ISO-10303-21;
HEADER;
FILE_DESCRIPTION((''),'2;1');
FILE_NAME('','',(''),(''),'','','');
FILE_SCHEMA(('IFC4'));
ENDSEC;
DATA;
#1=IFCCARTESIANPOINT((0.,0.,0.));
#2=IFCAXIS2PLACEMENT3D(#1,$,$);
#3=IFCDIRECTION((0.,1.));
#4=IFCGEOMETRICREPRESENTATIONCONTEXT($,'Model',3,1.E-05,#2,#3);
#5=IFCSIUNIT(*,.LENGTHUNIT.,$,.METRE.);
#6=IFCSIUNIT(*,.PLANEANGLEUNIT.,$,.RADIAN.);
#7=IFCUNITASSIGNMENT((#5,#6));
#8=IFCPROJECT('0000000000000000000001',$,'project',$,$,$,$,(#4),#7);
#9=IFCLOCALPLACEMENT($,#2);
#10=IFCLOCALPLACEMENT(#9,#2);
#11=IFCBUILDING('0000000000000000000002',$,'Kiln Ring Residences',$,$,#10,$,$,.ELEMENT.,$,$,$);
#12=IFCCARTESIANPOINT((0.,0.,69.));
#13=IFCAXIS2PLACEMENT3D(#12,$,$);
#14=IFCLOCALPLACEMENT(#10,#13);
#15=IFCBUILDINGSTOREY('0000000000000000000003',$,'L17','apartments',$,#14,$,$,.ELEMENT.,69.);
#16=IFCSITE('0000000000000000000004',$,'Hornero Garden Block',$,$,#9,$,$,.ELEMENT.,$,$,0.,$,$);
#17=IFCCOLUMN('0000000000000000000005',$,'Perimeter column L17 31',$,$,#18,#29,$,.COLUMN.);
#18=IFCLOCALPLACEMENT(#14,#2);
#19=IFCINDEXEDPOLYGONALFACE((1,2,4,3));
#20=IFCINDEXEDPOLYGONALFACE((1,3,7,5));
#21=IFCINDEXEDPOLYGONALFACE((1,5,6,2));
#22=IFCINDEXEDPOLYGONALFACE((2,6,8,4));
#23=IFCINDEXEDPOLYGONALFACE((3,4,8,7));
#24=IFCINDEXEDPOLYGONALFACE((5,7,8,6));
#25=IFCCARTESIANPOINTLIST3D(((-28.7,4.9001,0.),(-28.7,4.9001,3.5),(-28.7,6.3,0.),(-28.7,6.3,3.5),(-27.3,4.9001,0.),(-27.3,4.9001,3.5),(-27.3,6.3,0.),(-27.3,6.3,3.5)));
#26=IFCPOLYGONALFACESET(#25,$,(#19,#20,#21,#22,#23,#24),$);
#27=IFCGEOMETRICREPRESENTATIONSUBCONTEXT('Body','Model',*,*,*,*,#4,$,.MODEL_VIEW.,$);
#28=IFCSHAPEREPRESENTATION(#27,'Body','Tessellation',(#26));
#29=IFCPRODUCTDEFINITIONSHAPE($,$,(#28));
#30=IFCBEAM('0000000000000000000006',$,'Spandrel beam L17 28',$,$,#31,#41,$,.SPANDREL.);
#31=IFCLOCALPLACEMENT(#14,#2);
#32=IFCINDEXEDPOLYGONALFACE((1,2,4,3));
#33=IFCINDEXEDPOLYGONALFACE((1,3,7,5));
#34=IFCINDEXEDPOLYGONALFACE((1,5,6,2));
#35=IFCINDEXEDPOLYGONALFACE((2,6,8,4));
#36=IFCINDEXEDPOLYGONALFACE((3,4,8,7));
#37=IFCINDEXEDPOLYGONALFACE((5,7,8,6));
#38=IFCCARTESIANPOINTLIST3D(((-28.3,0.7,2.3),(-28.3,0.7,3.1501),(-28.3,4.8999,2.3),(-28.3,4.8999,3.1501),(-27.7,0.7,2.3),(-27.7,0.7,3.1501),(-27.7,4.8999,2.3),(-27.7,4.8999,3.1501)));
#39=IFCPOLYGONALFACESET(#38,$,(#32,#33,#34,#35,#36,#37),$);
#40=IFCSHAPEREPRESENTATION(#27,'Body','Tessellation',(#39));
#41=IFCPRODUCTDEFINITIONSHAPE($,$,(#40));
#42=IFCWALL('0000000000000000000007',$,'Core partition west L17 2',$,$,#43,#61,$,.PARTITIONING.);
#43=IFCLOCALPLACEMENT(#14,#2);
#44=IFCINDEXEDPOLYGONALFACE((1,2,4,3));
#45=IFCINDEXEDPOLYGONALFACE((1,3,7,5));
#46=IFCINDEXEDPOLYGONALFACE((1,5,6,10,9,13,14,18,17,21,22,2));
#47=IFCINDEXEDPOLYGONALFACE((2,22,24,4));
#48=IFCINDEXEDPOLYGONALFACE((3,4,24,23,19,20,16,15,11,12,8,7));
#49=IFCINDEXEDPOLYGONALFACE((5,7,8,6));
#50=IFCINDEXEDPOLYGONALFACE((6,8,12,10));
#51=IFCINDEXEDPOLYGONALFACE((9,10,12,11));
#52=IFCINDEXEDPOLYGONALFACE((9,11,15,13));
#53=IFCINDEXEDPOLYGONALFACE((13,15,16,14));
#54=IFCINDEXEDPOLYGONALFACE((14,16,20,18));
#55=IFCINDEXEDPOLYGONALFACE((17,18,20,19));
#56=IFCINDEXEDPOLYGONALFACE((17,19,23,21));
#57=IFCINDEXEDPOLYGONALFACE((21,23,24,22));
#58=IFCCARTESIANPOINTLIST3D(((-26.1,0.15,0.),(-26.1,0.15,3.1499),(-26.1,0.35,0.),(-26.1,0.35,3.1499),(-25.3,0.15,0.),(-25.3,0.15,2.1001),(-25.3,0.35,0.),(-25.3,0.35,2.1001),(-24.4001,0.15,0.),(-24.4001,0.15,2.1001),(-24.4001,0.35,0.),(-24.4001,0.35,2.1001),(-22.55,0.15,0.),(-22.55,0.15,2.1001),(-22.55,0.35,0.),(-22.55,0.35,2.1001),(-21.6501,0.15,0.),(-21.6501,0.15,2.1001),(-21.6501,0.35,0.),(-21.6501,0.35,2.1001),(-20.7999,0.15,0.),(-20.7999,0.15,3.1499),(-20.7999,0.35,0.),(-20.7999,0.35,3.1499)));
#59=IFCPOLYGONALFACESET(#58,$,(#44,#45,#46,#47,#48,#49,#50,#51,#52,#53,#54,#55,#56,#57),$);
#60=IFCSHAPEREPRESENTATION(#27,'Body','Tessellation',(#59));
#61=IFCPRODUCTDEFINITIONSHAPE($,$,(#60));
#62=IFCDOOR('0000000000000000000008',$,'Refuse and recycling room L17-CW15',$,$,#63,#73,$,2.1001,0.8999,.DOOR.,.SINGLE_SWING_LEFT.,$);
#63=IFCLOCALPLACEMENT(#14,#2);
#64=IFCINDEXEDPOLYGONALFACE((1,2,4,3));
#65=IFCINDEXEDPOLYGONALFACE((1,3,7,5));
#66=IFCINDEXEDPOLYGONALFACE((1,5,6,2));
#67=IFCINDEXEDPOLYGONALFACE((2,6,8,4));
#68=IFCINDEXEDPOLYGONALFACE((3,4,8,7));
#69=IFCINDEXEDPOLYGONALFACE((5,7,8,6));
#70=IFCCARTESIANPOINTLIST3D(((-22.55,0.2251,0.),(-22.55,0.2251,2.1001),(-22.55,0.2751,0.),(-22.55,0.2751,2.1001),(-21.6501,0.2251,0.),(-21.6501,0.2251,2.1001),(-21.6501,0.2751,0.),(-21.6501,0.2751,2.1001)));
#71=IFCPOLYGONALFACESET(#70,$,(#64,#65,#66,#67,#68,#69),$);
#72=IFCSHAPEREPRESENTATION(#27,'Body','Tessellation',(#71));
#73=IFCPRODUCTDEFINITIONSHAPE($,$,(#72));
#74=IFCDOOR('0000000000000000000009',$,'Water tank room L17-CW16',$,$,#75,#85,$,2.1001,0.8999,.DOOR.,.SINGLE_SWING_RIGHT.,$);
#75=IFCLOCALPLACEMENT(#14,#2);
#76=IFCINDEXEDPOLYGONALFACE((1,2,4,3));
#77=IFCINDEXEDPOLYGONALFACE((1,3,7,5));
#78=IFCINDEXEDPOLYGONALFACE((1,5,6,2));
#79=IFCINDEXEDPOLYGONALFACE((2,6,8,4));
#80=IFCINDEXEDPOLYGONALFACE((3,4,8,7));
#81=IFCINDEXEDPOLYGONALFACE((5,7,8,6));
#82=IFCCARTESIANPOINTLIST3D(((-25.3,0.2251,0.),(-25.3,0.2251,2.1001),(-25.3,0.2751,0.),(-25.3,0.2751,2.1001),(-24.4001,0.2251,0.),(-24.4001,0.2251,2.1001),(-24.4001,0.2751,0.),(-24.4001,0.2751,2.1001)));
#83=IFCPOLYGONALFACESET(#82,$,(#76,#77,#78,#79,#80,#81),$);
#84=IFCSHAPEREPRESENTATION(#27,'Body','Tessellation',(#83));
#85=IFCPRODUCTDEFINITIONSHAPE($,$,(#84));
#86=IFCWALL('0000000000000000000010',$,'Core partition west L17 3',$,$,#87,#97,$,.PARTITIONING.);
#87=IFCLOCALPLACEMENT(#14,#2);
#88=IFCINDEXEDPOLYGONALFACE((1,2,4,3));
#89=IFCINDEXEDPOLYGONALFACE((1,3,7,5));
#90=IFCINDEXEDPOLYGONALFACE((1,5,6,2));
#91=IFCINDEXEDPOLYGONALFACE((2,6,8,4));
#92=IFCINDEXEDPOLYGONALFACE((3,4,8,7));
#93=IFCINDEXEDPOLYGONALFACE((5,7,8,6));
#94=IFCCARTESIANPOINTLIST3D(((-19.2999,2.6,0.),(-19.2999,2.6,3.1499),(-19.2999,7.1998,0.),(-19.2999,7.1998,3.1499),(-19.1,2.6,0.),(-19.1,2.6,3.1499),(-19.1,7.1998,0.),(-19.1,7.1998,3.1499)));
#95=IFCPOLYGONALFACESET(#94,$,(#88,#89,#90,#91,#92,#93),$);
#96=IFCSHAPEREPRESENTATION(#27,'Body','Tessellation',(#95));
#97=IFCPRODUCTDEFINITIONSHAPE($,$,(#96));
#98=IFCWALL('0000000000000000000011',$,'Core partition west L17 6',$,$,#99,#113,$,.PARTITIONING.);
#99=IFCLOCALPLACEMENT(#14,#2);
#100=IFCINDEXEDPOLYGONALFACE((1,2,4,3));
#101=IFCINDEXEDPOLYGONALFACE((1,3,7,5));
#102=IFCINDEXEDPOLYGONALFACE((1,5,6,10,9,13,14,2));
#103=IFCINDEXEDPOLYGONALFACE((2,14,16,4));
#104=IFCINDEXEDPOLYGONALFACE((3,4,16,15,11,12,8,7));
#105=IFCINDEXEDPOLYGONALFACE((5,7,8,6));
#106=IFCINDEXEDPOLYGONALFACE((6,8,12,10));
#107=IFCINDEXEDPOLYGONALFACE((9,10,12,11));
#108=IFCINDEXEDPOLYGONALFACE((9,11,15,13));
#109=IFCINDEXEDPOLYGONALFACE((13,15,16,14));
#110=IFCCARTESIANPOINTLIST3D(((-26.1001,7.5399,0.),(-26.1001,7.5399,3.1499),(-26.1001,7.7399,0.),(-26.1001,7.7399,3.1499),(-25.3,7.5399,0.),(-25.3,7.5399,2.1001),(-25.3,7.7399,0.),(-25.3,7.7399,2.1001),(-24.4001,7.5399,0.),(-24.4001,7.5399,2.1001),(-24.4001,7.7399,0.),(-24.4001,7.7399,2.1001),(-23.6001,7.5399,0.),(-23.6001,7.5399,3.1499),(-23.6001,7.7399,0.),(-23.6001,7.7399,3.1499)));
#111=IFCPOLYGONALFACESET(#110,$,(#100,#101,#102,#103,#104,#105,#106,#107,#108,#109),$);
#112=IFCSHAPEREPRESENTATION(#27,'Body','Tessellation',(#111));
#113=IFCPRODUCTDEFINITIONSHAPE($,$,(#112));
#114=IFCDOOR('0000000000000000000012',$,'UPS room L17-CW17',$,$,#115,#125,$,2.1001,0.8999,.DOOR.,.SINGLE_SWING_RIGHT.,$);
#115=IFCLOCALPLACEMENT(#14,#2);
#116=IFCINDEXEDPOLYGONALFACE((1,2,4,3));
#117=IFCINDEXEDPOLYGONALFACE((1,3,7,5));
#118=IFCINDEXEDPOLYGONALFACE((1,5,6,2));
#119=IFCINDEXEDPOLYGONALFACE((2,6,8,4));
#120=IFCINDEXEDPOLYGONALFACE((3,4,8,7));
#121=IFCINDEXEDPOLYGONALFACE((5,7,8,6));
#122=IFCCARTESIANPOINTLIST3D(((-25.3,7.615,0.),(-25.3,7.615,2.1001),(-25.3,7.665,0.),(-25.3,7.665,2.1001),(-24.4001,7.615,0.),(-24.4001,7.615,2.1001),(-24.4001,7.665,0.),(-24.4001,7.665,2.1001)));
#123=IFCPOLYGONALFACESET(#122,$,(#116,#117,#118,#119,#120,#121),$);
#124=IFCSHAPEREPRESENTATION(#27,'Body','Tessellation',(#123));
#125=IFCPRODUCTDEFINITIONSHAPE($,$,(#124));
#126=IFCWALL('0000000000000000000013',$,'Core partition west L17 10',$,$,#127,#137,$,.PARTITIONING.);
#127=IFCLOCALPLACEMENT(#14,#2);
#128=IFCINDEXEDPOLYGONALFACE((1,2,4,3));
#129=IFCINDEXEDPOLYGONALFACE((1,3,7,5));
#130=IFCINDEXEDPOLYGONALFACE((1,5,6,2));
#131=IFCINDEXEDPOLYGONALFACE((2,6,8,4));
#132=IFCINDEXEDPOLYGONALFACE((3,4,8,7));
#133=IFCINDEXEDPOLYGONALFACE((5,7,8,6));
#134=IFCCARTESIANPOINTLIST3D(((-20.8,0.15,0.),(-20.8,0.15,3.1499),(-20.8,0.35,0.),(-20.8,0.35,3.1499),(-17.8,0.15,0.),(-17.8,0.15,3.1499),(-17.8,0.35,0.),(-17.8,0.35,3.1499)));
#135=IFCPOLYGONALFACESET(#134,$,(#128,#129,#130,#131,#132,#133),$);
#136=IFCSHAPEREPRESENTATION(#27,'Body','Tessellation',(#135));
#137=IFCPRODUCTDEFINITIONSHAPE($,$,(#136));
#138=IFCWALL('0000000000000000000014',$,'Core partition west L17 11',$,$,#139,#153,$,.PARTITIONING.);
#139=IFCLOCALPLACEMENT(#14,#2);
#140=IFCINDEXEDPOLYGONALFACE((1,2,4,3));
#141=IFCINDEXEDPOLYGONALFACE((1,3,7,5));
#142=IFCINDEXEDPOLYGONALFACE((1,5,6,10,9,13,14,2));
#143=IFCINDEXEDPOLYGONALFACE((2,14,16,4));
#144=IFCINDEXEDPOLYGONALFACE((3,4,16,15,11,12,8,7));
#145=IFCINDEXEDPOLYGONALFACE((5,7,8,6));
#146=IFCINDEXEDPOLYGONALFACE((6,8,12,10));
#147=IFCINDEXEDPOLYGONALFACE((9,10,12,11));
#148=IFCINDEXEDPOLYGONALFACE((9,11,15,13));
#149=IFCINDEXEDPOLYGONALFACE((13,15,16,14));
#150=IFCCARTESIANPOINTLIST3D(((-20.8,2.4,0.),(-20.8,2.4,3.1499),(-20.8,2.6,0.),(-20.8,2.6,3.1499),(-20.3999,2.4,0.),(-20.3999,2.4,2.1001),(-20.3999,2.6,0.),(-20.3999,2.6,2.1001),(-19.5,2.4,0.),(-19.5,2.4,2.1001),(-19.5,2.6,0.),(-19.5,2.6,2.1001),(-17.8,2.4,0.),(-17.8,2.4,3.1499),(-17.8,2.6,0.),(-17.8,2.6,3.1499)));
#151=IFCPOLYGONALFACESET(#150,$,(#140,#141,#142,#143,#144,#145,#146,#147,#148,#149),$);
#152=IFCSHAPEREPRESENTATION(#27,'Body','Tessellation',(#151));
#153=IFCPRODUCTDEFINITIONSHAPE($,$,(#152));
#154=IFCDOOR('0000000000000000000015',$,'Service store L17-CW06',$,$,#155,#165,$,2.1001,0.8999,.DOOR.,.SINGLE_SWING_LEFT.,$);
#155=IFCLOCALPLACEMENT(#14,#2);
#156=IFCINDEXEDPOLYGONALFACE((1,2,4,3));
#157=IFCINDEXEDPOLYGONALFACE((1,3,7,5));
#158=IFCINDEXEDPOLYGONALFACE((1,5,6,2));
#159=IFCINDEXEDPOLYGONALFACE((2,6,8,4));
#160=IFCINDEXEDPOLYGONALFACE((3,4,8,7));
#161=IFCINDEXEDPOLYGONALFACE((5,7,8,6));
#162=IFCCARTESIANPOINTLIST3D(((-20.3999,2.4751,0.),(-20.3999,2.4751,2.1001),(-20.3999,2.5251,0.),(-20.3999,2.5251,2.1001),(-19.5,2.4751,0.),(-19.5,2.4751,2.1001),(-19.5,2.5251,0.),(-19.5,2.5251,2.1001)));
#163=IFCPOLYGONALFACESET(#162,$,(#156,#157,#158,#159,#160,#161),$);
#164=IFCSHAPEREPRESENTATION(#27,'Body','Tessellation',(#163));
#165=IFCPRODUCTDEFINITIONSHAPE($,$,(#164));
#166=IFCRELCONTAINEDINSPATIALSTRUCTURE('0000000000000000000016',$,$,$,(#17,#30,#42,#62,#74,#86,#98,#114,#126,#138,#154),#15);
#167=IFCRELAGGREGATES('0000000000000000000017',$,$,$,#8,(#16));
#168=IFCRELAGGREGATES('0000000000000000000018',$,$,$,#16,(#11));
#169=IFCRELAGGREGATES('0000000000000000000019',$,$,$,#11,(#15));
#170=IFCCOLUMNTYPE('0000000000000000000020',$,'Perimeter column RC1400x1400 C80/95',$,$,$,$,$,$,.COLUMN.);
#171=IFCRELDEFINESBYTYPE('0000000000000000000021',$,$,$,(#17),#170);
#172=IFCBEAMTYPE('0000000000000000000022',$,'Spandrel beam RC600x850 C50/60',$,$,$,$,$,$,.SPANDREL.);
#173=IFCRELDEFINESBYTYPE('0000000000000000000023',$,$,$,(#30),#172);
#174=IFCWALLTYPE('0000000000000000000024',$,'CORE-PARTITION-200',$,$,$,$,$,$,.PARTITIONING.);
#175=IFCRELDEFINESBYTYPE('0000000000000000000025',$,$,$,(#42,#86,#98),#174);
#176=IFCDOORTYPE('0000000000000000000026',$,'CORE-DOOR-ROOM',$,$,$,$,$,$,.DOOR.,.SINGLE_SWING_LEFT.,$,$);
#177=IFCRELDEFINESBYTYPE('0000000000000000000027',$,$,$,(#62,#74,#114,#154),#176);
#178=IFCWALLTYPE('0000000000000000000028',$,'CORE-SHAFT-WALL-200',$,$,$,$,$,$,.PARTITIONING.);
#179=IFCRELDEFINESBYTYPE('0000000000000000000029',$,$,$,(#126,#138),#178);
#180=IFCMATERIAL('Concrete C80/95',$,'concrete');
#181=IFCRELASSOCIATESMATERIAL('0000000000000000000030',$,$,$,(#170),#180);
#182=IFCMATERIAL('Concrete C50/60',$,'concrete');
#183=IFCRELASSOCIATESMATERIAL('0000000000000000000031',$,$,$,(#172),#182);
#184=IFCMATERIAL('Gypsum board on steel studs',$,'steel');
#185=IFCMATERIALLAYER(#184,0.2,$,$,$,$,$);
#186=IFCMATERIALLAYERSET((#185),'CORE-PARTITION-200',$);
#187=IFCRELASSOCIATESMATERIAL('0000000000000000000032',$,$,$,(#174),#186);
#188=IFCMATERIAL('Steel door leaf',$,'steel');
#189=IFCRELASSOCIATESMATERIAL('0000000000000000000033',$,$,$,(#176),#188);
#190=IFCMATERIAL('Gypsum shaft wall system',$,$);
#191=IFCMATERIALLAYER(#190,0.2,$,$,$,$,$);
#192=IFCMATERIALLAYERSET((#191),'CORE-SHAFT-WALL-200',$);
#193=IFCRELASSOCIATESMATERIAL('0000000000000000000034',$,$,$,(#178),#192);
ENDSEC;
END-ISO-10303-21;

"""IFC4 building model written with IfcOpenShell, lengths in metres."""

from ifc_helpers import new_model, si_unit, direction, frame, frame_2d, origin, origin_2d, place, context, subcontext, project, spatial, rectangle, extrude, material, layer, layer_set, material_profile, profile_set, type_object, element, fill, save


model = new_model("IFC4")

# Units and contexts
model_context = context("Model", 3, precision=1e-05, world=origin(), true_north=direction((0.0, 1.0)))
body_context = subcontext(model_context, "Body", "Model", "MODEL_VIEW")
ifc_project = project(units=[si_unit("LENGTHUNIT", "METRE"), si_unit("PLANEANGLEUNIT", "RADIAN")], contexts=[model_context])

# Site, building, storey
site_placement = place(None, origin())
site = spatial("IfcSite", under=ifc_project, at=site_placement, Name="Hornero Garden Block", CompositionType="ELEMENT", RefElevation=0.0)
building_placement = place(site_placement, origin())
building = spatial("IfcBuilding", under=site, at=building_placement, Name="Kiln Ring Residences", CompositionType="ELEMENT")
storey_placement = place(building_placement, frame((0.0, 0.0, 69.0)))
storey = spatial("IfcBuildingStorey", under=building, at=storey_placement, Name="L17", Description="apartments", CompositionType="ELEMENT", Elevation=69.0)

# Column
ifc_material_1 = material(Name="Concrete C80/95", Category="concrete")
ifc_material_profile_1 = material_profile(ifc_material_1, rectangle(XDim=1.3999, YDim=1.3999, at=origin_2d()), Name="RC1400x1400")
ifc_profile_set_1 = profile_set([ifc_material_profile_1], Name="Concrete C80/95")
column_type = type_object("IfcColumnType", Name="Perimeter column RC1400x1400 C80/95", PredefinedType="COLUMN", material=ifc_profile_set_1)
column_placement = place(storey_placement, frame((-28.0, 5.6001, 0.0), z_axis=(0.0, 0.0, 1.0), x_axis=(1.0, 0.0, 0.0)))
element("IfcColumn", 1, at=column_placement, inside=storey, type_object=column_type, Name="Perimeter column L17 31", PredefinedType="COLUMN", context=body_context, shape_type="SweptSolid", body=[
    extrude(rectangle(XDim=1.3999, YDim=1.3999, at=origin_2d()), origin(), (0.0, 0.0, 1.0), 3.5),
])

# Beam
ifc_material_2 = material(Name="Concrete C50/60", Category="concrete")
ifc_material_profile_2 = material_profile(ifc_material_2, rectangle(XDim=0.6001, YDim=0.8501, at=origin_2d()), Name="RC600x850")
ifc_profile_set_2 = profile_set([ifc_material_profile_2], Name="Concrete C50/60")
beam_type = type_object("IfcBeamType", Name="Spandrel beam RC600x850 C50/60", PredefinedType="SPANDREL", material=ifc_profile_set_2)
beam_placement = place(storey_placement, frame((-28.0, 4.8999, 2.7251), z_axis=(0.0, -1.0, 0.0), x_axis=(1.0, 0.0, 0.0)))
element("IfcBeam", 2, at=beam_placement, inside=storey, type_object=beam_type, Name="Spandrel beam L17 28", PredefinedType="SPANDREL", context=body_context, shape_type="SweptSolid", body=[
    extrude(rectangle(XDim=0.6001, YDim=0.8501, at=origin_2d()), origin(), (0.0, 0.0, 1.0), 4.2),
])

# Wall, openings, doors
ifc_material_3 = material(Name="Gypsum board on steel studs", Category="steel")
ifc_layer_1 = layer(ifc_material_3, 0.2)
ifc_layer_set_1 = layer_set([ifc_layer_1], Name="CORE-PARTITION-200")
wall_type_1 = type_object("IfcWallType", Name="CORE-PARTITION-200", PredefinedType="PARTITIONING", material=ifc_layer_set_1)
wall_1_placement = place(storey_placement, frame((-20.8, 0.25, 0.0), z_axis=(0.0, 0.0, 1.0), x_axis=(-1.0, 0.0, 0.0)))
wall_1 = element("IfcWall", 3, at=wall_1_placement, inside=storey, type_object=wall_type_1, Name="Core partition west L17 2", PredefinedType="PARTITIONING", context=body_context, shape_type="SweptSolid", body=[
    extrude(rectangle(XDim=5.3, YDim=0.2, at=frame_2d((2.6499, 0.0))), origin(), (0.0, 0.0, 1.0), 3.1499),
])
opening_1_placement = place(wall_1_placement, frame((0.8501, 0.0, 0.0)))
opening_1 = element("IfcOpeningElement", 4, at=opening_1_placement, cuts=wall_1, PredefinedType="OPENING", context=body_context, shape_type="SweptSolid", body=[
    extrude(rectangle(XDim=0.8999, YDim=2.1001, at=frame_2d((0.45, 1.05))), frame((0.0, 0.1099, 0.0), z_axis=(0.0, -1.0, 0.0), x_axis=(1.0, 0.0, 0.0)), (0.0, 0.0, 1.0), 0.22),
])
opening_2_placement = place(wall_1_placement, frame((3.6001, 0.0, 0.0)))
opening_2 = element("IfcOpeningElement", 5, at=opening_2_placement, cuts=wall_1, PredefinedType="OPENING", context=body_context, shape_type="SweptSolid", body=[
    extrude(rectangle(XDim=0.8999, YDim=2.1001, at=frame_2d((0.45, 1.05))), frame((0.0, 0.1099, 0.0), z_axis=(0.0, -1.0, 0.0), x_axis=(1.0, 0.0, 0.0)), (0.0, 0.0, 1.0), 0.22),
])
ifc_material_4 = material(Name="Steel door leaf", Category="steel")
door_type_1 = type_object("IfcDoorType", Name="CORE-DOOR-ROOM", OperationType="SINGLE_SWING_LEFT", PredefinedType="DOOR", material=ifc_material_4)
door_1_placement = place(opening_1_placement, origin())
door_1 = element("IfcDoor", 6, at=door_1_placement, inside=storey, type_object=door_type_1, Name="Refuse and recycling room L17-CW15", OperationType="SINGLE_SWING_LEFT", OverallHeight=2.1001, OverallWidth=0.8999, PredefinedType="DOOR", context=body_context, shape_type="SweptSolid", body=[
    extrude(rectangle(XDim=0.8999, YDim=2.1001, at=frame_2d((0.45, 1.05))), frame((0.0, 0.0249, 0.0), z_axis=(0.0, -1.0, 0.0), x_axis=(1.0, 0.0, 0.0)), (0.0, 0.0, 1.0), 0.05),
])
fill(opening_1, door_1)
door_2_placement = place(opening_2_placement, origin())
door_2 = element("IfcDoor", 7, at=door_2_placement, inside=storey, type_object=door_type_1, Name="Water tank room L17-CW16", OperationType="SINGLE_SWING_RIGHT", OverallHeight=2.1001, OverallWidth=0.8999, PredefinedType="DOOR", context=body_context, shape_type="SweptSolid", body=[
    extrude(rectangle(XDim=0.8999, YDim=2.1001, at=frame_2d((0.45, 1.05))), frame((0.0, 0.0249, 0.0), z_axis=(0.0, -1.0, 0.0), x_axis=(1.0, 0.0, 0.0)), (0.0, 0.0, 1.0), 0.05),
])
fill(opening_2, door_2)

# Wall
wall_2_placement = place(storey_placement, frame((-19.2, 2.6001, 0.0), z_axis=(0.0, 0.0, 1.0), x_axis=(0.0, 1.0, 0.0)))
element("IfcWall", 8, at=wall_2_placement, inside=storey, type_object=wall_type_1, Name="Core partition west L17 3", PredefinedType="PARTITIONING", context=body_context, shape_type="SweptSolid", body=[
    extrude(rectangle(XDim=4.5999, YDim=0.2, at=frame_2d((2.2998, 0.0))), origin(), (0.0, 0.0, 1.0), 3.1499),
])

# Wall, opening, door
wall_3_placement = place(storey_placement, frame((-23.6001, 7.6399, 0.0), z_axis=(0.0, 0.0, 1.0), x_axis=(-1.0, 0.0, 0.0)))
wall_3 = element("IfcWall", 9, at=wall_3_placement, inside=storey, type_object=wall_type_1, Name="Core partition west L17 6", PredefinedType="PARTITIONING", context=body_context, shape_type="SweptSolid", body=[
    extrude(rectangle(XDim=2.5, YDim=0.2, at=frame_2d((1.25, 0.0))), origin(), (0.0, 0.0, 1.0), 3.1499),
])
opening_3_placement = place(wall_3_placement, frame((0.8, 0.0, 0.0)))
opening_3 = element("IfcOpeningElement", 10, at=opening_3_placement, cuts=wall_3, PredefinedType="OPENING", context=body_context, shape_type="SweptSolid", body=[
    extrude(rectangle(XDim=0.8999, YDim=2.1001, at=frame_2d((0.45, 1.05))), frame((0.0, 0.1099, 0.0), z_axis=(0.0, -1.0, 0.0), x_axis=(1.0, 0.0, 0.0)), (0.0, 0.0, 1.0), 0.22),
])
door_3_placement = place(opening_3_placement, origin())
door_3 = element("IfcDoor", 11, at=door_3_placement, inside=storey, type_object=door_type_1, Name="UPS room L17-CW17", OperationType="SINGLE_SWING_RIGHT", OverallHeight=2.1001, OverallWidth=0.8999, PredefinedType="DOOR", context=body_context, shape_type="SweptSolid", body=[
    extrude(rectangle(XDim=0.8999, YDim=2.1001, at=frame_2d((0.45, 1.05))), frame((0.0, 0.0249, 0.0), z_axis=(0.0, -1.0, 0.0), x_axis=(1.0, 0.0, 0.0)), (0.0, 0.0, 1.0), 0.05),
])
fill(opening_3, door_3)

# Wall
ifc_material_5 = material(Name="Gypsum shaft wall system")
ifc_layer_2 = layer(ifc_material_5, 0.2)
ifc_layer_set_2 = layer_set([ifc_layer_2], Name="CORE-SHAFT-WALL-200")
wall_type_2 = type_object("IfcWallType", Name="CORE-SHAFT-WALL-200", PredefinedType="PARTITIONING", material=ifc_layer_set_2)
wall_4_placement = place(storey_placement, frame((-17.8, 0.25, 0.0), z_axis=(0.0, 0.0, 1.0), x_axis=(-1.0, 0.0, 0.0)))
element("IfcWall", 12, at=wall_4_placement, inside=storey, type_object=wall_type_2, Name="Core partition west L17 10", PredefinedType="PARTITIONING", context=body_context, shape_type="SweptSolid", body=[
    extrude(rectangle(XDim=3.0, YDim=0.2, at=frame_2d((1.5, 0.0))), origin(), (0.0, 0.0, 1.0), 3.1499),
])

# Wall, opening, door
wall_5_placement = place(storey_placement, frame((-17.8, 2.5, 0.0), z_axis=(0.0, 0.0, 1.0), x_axis=(-1.0, 0.0, 0.0)))
wall_5 = element("IfcWall", 13, at=wall_5_placement, inside=storey, type_object=wall_type_2, Name="Core partition west L17 11", PredefinedType="PARTITIONING", context=body_context, shape_type="SweptSolid", body=[
    extrude(rectangle(XDim=3.0, YDim=0.2, at=frame_2d((1.5, 0.0))), origin(), (0.0, 0.0, 1.0), 3.1499),
])
opening_4_placement = place(wall_5_placement, frame((1.7, 0.0, 0.0)))
opening_4 = element("IfcOpeningElement", 14, at=opening_4_placement, cuts=wall_5, PredefinedType="OPENING", context=body_context, shape_type="SweptSolid", body=[
    extrude(rectangle(XDim=0.8999, YDim=2.1001, at=frame_2d((0.45, 1.05))), frame((0.0, 0.1099, 0.0), z_axis=(0.0, -1.0, 0.0), x_axis=(1.0, 0.0, 0.0)), (0.0, 0.0, 1.0), 0.22),
])
door_4_placement = place(opening_4_placement, origin())
door_4 = element("IfcDoor", 15, at=door_4_placement, inside=storey, type_object=door_type_1, Name="Service store L17-CW06", OperationType="SINGLE_SWING_LEFT", OverallHeight=2.1001, OverallWidth=0.8999, PredefinedType="DOOR", context=body_context, shape_type="SweptSolid", body=[
    extrude(rectangle(XDim=0.8999, YDim=2.1001, at=frame_2d((0.45, 1.05))), frame((0.0, 0.0249, 0.0), z_axis=(0.0, -1.0, 0.0), x_axis=(1.0, 0.0, 0.0)), (0.0, 0.0, 1.0), 0.05),
])
fill(opening_4, door_4)

save(model, "model.ifc")
